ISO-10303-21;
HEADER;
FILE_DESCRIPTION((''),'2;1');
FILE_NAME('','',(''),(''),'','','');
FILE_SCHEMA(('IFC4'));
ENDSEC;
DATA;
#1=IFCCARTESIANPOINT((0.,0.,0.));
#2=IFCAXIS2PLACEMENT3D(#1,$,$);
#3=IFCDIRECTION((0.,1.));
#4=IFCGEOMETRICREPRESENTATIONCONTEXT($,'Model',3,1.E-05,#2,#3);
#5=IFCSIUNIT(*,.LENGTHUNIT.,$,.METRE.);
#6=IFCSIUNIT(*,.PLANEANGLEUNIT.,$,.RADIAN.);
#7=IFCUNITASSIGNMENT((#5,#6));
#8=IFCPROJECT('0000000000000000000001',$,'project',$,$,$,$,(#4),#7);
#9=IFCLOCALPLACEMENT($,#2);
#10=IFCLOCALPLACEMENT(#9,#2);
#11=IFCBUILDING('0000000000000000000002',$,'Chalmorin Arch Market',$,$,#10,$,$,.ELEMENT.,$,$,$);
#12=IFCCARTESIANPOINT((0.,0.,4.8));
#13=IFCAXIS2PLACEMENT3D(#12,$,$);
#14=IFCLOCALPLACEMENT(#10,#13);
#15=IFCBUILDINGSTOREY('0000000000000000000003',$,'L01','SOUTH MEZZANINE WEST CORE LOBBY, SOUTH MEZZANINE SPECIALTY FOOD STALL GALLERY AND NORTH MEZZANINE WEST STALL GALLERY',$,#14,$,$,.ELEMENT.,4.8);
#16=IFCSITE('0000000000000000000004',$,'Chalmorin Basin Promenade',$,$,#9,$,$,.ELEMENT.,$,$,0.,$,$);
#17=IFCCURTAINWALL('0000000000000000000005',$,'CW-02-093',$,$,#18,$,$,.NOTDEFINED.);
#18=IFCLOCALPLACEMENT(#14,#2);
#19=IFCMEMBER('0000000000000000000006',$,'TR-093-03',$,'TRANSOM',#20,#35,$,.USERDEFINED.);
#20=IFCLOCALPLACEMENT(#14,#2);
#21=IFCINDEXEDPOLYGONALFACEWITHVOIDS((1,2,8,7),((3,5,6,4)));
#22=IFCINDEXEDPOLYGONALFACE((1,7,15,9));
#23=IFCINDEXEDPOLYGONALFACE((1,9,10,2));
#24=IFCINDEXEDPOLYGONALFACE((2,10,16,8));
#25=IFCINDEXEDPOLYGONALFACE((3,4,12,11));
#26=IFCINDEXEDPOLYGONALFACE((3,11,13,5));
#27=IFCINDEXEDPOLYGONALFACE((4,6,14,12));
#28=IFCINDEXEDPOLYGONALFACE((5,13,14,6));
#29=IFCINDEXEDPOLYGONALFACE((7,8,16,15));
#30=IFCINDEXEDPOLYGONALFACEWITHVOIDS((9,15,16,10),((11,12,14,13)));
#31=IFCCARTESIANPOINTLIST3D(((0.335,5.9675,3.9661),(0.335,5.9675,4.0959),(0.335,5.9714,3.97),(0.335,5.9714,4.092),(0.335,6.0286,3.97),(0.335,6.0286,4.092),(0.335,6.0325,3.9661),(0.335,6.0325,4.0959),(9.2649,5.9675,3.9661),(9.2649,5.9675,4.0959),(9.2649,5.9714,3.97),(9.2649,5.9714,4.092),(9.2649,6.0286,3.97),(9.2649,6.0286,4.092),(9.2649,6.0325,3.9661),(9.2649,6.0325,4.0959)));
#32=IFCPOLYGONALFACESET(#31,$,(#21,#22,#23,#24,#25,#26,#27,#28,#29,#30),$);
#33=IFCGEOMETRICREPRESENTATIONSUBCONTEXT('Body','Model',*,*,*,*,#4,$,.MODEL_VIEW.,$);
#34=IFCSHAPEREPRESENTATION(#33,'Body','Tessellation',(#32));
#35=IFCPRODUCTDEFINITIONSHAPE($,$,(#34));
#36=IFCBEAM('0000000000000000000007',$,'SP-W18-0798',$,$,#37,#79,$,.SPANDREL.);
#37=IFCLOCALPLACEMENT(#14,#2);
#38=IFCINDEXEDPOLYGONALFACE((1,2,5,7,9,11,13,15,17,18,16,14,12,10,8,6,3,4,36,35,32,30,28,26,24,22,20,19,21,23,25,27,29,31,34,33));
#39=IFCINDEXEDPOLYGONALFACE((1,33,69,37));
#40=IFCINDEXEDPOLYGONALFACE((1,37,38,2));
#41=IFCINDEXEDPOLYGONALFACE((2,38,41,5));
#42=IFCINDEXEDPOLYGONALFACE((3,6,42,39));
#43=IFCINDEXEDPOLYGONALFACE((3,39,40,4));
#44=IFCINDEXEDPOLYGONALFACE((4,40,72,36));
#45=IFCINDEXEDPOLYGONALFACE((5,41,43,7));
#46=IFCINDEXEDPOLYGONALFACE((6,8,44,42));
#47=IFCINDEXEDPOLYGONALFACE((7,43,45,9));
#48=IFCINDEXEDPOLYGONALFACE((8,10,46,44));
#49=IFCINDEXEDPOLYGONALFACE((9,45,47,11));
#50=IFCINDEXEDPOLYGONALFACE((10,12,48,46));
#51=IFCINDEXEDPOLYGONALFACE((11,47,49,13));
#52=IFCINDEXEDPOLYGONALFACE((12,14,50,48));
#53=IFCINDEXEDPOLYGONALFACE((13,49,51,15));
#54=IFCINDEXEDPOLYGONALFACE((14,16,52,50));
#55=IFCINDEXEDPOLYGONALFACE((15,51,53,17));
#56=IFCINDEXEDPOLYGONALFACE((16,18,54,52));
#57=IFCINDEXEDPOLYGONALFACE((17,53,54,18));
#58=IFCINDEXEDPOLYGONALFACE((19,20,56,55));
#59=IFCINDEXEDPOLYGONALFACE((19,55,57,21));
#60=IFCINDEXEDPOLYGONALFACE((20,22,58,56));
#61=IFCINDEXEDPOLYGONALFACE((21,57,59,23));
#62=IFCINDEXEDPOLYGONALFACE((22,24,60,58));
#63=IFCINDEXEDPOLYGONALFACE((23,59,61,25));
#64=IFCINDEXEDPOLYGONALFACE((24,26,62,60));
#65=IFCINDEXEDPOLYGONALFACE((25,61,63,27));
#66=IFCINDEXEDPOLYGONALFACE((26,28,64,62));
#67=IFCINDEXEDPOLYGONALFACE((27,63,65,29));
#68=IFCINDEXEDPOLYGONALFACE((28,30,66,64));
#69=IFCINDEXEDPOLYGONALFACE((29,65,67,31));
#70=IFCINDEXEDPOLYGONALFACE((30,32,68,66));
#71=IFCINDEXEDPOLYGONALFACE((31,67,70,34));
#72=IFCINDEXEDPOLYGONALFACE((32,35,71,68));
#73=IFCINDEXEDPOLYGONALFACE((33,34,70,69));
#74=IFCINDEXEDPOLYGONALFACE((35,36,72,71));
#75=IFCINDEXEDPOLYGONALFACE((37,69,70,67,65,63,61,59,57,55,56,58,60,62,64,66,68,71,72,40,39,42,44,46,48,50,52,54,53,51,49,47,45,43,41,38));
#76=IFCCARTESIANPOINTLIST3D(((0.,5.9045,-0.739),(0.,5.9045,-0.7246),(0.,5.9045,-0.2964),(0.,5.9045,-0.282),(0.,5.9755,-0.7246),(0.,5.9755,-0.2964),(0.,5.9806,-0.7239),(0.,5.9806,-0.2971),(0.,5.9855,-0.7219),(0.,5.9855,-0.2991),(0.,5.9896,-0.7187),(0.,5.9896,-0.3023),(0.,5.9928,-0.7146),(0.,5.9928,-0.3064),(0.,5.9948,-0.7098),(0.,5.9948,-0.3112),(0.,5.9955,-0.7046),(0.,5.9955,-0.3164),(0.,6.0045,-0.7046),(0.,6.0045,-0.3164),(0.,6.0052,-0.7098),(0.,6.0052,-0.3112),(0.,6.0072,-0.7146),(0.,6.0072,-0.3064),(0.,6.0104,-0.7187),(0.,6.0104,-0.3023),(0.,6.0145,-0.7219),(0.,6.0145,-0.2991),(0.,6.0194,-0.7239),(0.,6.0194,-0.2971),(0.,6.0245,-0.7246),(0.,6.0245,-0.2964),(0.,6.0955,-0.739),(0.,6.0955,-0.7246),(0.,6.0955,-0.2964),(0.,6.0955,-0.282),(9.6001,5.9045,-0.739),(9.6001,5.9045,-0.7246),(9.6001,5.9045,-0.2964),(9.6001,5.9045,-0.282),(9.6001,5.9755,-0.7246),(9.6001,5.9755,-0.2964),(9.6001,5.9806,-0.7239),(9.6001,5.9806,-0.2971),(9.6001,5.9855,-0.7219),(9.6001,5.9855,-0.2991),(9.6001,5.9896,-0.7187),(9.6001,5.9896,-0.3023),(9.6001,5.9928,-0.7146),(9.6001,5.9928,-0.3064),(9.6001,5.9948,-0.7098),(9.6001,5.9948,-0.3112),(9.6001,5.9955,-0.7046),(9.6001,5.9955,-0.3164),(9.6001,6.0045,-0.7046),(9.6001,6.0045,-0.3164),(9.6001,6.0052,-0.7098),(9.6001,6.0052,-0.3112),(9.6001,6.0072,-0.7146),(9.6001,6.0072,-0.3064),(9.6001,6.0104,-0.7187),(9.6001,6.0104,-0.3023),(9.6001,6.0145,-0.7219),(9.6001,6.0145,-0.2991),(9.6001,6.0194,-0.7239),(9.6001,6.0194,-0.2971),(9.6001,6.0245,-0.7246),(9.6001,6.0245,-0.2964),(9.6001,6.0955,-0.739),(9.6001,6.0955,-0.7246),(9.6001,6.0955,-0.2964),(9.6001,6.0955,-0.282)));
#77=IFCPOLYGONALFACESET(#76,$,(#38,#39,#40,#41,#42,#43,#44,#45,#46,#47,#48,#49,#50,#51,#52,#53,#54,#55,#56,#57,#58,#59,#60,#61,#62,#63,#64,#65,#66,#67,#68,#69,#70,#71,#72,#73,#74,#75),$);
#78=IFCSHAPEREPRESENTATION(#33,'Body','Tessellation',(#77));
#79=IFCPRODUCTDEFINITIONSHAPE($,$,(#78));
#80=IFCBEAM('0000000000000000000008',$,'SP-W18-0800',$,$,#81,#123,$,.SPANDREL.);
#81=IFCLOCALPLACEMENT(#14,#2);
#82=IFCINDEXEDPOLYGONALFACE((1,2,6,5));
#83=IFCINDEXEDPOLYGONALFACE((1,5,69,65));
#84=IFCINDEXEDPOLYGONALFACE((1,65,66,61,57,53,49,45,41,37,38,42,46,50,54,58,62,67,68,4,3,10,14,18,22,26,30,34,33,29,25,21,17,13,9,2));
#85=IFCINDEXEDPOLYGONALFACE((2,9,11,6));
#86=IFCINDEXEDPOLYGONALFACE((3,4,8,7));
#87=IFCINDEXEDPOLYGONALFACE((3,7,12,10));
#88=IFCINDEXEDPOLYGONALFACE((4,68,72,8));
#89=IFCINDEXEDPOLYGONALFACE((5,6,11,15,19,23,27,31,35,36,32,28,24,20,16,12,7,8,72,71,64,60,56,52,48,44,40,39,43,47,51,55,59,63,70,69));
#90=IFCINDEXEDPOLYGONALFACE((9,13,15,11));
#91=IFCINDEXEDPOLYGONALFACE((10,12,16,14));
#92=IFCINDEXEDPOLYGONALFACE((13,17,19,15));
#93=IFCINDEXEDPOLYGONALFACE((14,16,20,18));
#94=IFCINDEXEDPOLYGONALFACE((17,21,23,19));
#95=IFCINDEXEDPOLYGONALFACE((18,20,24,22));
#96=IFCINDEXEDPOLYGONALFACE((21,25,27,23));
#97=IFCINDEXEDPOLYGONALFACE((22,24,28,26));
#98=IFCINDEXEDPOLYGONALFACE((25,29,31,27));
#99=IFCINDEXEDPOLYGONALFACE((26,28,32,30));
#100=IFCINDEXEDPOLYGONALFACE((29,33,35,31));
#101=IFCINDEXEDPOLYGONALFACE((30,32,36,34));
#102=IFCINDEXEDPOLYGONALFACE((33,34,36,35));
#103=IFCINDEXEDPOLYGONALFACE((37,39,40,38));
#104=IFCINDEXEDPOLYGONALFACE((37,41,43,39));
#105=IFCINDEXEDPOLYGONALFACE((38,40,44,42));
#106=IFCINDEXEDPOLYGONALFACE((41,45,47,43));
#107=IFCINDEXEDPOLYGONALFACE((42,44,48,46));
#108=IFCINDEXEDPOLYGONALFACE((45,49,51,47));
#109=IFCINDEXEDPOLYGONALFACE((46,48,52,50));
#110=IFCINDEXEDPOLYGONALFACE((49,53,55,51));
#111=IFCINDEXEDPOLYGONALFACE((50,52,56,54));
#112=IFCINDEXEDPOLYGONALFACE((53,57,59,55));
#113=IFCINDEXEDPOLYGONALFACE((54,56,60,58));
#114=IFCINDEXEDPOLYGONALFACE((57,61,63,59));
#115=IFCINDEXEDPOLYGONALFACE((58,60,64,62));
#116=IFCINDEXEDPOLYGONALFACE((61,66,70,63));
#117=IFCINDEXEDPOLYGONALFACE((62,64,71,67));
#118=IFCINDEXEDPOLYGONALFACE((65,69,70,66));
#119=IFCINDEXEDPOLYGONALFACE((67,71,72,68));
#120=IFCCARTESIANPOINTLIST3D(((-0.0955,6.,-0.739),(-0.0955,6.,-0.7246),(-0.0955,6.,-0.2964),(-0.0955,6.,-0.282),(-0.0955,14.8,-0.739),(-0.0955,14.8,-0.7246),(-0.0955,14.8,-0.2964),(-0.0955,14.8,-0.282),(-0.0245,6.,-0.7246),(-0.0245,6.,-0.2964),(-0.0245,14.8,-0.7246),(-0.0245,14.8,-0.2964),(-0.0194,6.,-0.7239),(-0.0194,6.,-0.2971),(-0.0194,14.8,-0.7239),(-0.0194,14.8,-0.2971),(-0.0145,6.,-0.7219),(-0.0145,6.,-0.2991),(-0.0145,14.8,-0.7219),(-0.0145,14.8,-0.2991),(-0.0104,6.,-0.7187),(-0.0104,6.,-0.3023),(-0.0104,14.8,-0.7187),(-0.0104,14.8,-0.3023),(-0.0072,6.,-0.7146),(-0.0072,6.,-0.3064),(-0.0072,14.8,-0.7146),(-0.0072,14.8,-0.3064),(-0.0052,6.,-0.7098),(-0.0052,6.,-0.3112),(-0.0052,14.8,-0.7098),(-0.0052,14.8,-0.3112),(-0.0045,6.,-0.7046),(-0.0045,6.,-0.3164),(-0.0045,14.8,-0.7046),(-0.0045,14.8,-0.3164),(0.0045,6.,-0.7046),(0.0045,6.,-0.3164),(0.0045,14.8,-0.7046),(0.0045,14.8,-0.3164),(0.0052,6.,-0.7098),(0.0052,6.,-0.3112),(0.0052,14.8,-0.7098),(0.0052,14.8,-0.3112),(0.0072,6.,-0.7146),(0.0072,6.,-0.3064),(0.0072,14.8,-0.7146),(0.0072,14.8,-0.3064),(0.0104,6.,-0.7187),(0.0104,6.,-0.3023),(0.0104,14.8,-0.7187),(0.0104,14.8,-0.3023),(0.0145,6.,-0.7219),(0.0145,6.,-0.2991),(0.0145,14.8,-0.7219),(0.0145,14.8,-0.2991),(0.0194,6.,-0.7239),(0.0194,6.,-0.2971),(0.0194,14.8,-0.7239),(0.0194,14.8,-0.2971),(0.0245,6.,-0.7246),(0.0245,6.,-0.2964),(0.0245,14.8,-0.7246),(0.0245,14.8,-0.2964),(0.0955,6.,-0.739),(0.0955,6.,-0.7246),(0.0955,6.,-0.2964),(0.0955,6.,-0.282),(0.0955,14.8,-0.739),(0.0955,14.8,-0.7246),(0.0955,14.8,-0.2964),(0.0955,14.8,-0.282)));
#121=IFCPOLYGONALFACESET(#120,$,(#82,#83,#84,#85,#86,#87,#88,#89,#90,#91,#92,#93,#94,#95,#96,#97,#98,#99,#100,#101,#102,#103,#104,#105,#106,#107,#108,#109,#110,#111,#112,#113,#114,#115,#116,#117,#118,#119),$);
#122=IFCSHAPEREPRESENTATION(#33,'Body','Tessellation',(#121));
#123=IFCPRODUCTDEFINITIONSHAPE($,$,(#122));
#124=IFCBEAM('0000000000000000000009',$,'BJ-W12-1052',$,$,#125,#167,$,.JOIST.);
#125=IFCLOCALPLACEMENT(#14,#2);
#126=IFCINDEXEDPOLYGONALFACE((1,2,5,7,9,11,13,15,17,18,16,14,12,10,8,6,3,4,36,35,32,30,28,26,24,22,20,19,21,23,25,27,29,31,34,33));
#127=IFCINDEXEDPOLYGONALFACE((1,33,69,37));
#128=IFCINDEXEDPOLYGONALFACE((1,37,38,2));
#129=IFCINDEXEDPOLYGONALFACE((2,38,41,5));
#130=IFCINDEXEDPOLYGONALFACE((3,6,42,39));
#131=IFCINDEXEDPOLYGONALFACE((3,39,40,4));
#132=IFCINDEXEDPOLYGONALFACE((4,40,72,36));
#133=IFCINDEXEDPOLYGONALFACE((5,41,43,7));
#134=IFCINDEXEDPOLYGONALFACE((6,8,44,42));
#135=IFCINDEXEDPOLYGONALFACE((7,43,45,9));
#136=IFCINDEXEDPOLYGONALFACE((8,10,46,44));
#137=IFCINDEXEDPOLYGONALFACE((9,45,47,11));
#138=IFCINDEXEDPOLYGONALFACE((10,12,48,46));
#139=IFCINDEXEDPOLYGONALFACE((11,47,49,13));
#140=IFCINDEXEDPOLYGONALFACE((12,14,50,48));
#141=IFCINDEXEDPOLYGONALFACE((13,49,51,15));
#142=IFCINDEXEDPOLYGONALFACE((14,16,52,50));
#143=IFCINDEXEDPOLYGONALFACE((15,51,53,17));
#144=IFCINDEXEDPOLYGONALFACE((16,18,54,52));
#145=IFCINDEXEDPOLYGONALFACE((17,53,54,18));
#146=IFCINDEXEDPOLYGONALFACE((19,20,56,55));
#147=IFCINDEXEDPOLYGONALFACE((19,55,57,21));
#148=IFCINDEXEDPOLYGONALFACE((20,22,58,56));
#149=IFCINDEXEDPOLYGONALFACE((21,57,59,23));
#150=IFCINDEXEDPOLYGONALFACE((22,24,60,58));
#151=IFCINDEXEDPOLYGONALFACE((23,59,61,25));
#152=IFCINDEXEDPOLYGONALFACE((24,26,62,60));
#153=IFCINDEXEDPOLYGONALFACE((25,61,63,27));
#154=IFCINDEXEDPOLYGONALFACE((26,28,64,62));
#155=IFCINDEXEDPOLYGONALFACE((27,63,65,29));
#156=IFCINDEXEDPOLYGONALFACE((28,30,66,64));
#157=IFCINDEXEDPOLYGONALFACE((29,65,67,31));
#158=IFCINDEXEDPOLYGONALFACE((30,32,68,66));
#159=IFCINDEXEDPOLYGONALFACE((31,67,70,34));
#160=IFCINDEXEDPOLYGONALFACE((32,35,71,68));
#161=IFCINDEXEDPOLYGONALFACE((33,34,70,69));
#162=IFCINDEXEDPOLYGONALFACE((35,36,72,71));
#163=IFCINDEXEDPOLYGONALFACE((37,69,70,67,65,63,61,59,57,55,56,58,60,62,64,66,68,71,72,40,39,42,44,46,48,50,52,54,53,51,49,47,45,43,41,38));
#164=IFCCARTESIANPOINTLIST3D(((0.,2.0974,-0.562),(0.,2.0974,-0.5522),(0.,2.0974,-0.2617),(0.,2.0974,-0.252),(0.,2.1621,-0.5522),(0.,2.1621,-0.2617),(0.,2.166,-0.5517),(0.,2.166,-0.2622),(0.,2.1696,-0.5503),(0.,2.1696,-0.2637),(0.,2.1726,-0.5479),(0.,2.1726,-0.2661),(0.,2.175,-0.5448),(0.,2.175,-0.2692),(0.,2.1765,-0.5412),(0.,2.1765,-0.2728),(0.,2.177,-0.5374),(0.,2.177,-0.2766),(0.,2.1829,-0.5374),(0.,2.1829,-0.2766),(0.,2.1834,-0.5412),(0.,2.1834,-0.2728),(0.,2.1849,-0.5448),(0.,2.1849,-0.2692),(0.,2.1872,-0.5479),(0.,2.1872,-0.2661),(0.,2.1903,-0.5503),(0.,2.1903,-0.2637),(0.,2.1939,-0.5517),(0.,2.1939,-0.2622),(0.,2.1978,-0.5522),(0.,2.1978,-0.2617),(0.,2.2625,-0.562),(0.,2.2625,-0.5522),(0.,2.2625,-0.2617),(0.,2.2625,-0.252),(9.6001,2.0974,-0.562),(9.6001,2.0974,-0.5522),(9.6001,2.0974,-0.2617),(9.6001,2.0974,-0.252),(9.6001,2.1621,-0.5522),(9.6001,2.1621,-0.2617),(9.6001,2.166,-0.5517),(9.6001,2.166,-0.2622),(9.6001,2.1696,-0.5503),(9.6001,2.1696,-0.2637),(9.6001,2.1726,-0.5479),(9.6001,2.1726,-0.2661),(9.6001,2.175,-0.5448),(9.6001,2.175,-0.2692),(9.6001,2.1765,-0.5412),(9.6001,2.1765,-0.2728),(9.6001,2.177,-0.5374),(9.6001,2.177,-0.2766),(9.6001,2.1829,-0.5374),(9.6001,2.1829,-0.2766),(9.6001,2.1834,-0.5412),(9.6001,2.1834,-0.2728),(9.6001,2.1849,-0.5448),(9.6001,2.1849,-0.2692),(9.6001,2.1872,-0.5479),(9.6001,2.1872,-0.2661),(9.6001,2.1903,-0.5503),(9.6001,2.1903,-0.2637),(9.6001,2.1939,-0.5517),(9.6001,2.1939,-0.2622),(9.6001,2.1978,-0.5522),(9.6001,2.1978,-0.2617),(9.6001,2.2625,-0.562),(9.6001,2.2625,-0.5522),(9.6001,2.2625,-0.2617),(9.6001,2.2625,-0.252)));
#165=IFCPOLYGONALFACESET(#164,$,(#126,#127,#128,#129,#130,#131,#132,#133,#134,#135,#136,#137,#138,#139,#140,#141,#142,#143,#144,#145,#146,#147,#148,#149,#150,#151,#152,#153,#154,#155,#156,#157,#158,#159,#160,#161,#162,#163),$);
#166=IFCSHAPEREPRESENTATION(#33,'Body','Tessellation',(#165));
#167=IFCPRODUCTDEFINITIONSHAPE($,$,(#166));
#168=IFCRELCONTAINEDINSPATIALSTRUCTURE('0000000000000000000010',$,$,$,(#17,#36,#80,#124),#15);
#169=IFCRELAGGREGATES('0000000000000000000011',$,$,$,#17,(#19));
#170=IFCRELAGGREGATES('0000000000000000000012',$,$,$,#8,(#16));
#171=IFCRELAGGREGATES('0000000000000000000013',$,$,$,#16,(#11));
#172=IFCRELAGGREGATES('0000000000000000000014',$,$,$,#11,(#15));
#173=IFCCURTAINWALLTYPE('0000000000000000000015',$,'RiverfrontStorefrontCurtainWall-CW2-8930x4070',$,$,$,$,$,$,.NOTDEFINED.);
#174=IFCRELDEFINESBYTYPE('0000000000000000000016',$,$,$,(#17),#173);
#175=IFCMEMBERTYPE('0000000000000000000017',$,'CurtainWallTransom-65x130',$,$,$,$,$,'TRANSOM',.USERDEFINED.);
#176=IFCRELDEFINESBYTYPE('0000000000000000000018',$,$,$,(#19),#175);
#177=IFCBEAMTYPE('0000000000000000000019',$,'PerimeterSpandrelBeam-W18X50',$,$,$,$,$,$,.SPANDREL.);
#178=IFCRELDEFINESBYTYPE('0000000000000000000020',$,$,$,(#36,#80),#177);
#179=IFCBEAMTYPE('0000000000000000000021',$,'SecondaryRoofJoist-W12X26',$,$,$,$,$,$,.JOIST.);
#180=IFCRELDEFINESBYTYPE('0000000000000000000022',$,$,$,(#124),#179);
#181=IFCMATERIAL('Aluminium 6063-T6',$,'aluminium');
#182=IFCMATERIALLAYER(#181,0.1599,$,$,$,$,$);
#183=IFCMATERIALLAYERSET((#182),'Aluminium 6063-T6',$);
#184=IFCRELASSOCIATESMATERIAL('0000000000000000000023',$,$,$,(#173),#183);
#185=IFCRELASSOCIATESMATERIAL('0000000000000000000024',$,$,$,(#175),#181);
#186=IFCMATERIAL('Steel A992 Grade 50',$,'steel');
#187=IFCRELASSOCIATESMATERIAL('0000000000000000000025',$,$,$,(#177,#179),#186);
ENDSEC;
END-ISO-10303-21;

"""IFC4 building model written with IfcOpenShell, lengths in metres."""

from ifc_helpers import new_model, si_unit, direction, frame, origin, origin_2d, place, context, subcontext, project, spatial, hollow_rectangle, i_section, extrude, material, layer, layer_set, material_profile, profile_set, type_object, element, aggregate, save


model = new_model("IFC4")

# Units and contexts
model_context = context("Model", 3, precision=1e-05, world=origin(), true_north=direction((0.0, 1.0)))
body_context = subcontext(model_context, "Body", "Model", "MODEL_VIEW")
ifc_project = project(units=[si_unit("LENGTHUNIT", "METRE"), si_unit("PLANEANGLEUNIT", "RADIAN")], contexts=[model_context])

# Site, building, storey
site_placement = place(None, origin())
site = spatial("IfcSite", under=ifc_project, at=site_placement, Name="Chalmorin Basin Promenade", CompositionType="ELEMENT", RefElevation=0.0)
building_placement = place(site_placement, origin())
building = spatial("IfcBuilding", under=site, at=building_placement, Name="Chalmorin Arch Market", CompositionType="ELEMENT")
storey_placement = place(building_placement, frame((0.0, 0.0, 4.8)))
storey = spatial("IfcBuildingStorey", under=building, at=storey_placement, Name="L01", Description="SOUTH MEZZANINE WEST CORE LOBBY, SOUTH MEZZANINE SPECIALTY FOOD STALL GALLERY AND NORTH MEZZANINE WEST STALL GALLERY", CompositionType="ELEMENT", Elevation=4.8)

# Curtain wall
ifc_material_1 = material(Name="Aluminium 6063-T6", Category="aluminium")
ifc_layer_1 = layer(ifc_material_1, 0.1599)
ifc_layer_set_1 = layer_set([ifc_layer_1], Name="Aluminium 6063-T6")
curtain_wall_type_1 = type_object("IfcCurtainWallType", Name="RiverfrontStorefrontCurtainWall-CW2-8930x4070", PredefinedType="NOTDEFINED", material=ifc_layer_set_1)
curtain_wall_1_placement = place(storey_placement, origin())
curtain_wall_1 = element("IfcCurtainWall", 1, at=curtain_wall_1_placement, inside=storey, type_object=curtain_wall_type_1, Name="CW-02-093", PredefinedType="NOTDEFINED")

# Member
ifc_material_profile_1 = material_profile(ifc_material_1, hollow_rectangle(XDim=0.0649, YDim=0.1299, WallThickness=0.0039, at=origin_2d()), Name="ALU65X130X4")
ifc_profile_set_1 = profile_set([ifc_material_profile_1], Name="Aluminium 6063-T6")
member_type_1 = type_object("IfcMemberType", Name="CurtainWallTransom-65x130", ElementType="TRANSOM", PredefinedType="USERDEFINED", material=ifc_profile_set_1)
member_1_placement = place(storey_placement, frame((0.335, 6.0, 4.031), z_axis=(1.0, 0.0, 0.0), x_axis=(0.0, 1.0, 0.0)))
member_1 = element("IfcMember", 2, at=member_1_placement, type_object=member_type_1, Name="TR-093-03", ObjectType="TRANSOM", PredefinedType="USERDEFINED", context=body_context, shape_type="SweptSolid", body=[
    extrude(hollow_rectangle(XDim=0.0649, YDim=0.1299, WallThickness=0.0039, at=origin_2d()), origin(), (0.0, 0.0, 1.0), 8.9299),
])

# Beams
ifc_material_2 = material(Name="Steel A992 Grade 50", Category="steel")
ifc_material_profile_2 = material_profile(ifc_material_2, i_section(OverallWidth=0.1909, OverallDepth=0.457, WebThickness=0.009, FlangeThickness=0.0144, FilletRadius=0.02, at=origin_2d()), Name="W18X50")
ifc_profile_set_2 = profile_set([ifc_material_profile_2], Name="Steel A992 Grade 50")
beam_type_1 = type_object("IfcBeamType", Name="PerimeterSpandrelBeam-W18X50", PredefinedType="SPANDREL", material=ifc_profile_set_2)
beam_1_placement = place(storey_placement, frame((0.0, 6.0, -0.5105), z_axis=(1.0, 0.0, 0.0), x_axis=(0.0, 1.0, 0.0)))
element("IfcBeam", 3, at=beam_1_placement, inside=storey, type_object=beam_type_1, Name="SP-W18-0798", PredefinedType="SPANDREL", context=body_context, shape_type="SweptSolid", body=[
    extrude(i_section(OverallWidth=0.1909, OverallDepth=0.457, WebThickness=0.009, FlangeThickness=0.0144, FilletRadius=0.02, at=origin_2d()), origin(), (0.0, 0.0, 1.0), 9.6001),
])
beam_2_placement = place(storey_placement, frame((0.0, 6.0, -0.5105), z_axis=(0.0, 1.0, 0.0), x_axis=(-1.0, 0.0, 0.0)))
element("IfcBeam", 4, at=beam_2_placement, inside=storey, type_object=beam_type_1, Name="SP-W18-0800", PredefinedType="SPANDREL", context=body_context, shape_type="SweptSolid", body=[
    extrude(i_section(OverallWidth=0.1909, OverallDepth=0.457, WebThickness=0.009, FlangeThickness=0.0144, FilletRadius=0.02, at=origin_2d()), origin(), (0.0, 0.0, 1.0), 8.8),
])
ifc_material_profile_3 = material_profile(ifc_material_2, i_section(OverallWidth=0.165, OverallDepth=0.3101, WebThickness=0.0059, FlangeThickness=0.0098, FilletRadius=0.0149, at=origin_2d()), Name="W12X26")
ifc_profile_set_3 = profile_set([ifc_material_profile_3], Name="Steel A992 Grade 50")
beam_type_2 = type_object("IfcBeamType", Name="SecondaryRoofJoist-W12X26", PredefinedType="JOIST", material=ifc_profile_set_3)
for number, where, z_axis, x_axis, name in (
    (5, (0.0, 2.1799, -0.407), (1.0, 0.0, 0.0), (0.0, 1.0, 0.0), "BJ-W12-1052"),
):
    element("IfcBeam", number, at=place(storey_placement, frame(where, z_axis=z_axis, x_axis=x_axis)), inside=storey, type_object=beam_type_2, Name=name, PredefinedType="JOIST", context=body_context, shape_type="SweptSolid", body=[
        extrude(i_section(OverallWidth=0.165, OverallDepth=0.3101, WebThickness=0.0059, FlangeThickness=0.0098, FilletRadius=0.0149, at=origin_2d()), origin(), (0.0, 0.0, 1.0), 9.6001),
    ])

aggregate(curtain_wall_1, [member_1])

save(model, "model.ifc")
